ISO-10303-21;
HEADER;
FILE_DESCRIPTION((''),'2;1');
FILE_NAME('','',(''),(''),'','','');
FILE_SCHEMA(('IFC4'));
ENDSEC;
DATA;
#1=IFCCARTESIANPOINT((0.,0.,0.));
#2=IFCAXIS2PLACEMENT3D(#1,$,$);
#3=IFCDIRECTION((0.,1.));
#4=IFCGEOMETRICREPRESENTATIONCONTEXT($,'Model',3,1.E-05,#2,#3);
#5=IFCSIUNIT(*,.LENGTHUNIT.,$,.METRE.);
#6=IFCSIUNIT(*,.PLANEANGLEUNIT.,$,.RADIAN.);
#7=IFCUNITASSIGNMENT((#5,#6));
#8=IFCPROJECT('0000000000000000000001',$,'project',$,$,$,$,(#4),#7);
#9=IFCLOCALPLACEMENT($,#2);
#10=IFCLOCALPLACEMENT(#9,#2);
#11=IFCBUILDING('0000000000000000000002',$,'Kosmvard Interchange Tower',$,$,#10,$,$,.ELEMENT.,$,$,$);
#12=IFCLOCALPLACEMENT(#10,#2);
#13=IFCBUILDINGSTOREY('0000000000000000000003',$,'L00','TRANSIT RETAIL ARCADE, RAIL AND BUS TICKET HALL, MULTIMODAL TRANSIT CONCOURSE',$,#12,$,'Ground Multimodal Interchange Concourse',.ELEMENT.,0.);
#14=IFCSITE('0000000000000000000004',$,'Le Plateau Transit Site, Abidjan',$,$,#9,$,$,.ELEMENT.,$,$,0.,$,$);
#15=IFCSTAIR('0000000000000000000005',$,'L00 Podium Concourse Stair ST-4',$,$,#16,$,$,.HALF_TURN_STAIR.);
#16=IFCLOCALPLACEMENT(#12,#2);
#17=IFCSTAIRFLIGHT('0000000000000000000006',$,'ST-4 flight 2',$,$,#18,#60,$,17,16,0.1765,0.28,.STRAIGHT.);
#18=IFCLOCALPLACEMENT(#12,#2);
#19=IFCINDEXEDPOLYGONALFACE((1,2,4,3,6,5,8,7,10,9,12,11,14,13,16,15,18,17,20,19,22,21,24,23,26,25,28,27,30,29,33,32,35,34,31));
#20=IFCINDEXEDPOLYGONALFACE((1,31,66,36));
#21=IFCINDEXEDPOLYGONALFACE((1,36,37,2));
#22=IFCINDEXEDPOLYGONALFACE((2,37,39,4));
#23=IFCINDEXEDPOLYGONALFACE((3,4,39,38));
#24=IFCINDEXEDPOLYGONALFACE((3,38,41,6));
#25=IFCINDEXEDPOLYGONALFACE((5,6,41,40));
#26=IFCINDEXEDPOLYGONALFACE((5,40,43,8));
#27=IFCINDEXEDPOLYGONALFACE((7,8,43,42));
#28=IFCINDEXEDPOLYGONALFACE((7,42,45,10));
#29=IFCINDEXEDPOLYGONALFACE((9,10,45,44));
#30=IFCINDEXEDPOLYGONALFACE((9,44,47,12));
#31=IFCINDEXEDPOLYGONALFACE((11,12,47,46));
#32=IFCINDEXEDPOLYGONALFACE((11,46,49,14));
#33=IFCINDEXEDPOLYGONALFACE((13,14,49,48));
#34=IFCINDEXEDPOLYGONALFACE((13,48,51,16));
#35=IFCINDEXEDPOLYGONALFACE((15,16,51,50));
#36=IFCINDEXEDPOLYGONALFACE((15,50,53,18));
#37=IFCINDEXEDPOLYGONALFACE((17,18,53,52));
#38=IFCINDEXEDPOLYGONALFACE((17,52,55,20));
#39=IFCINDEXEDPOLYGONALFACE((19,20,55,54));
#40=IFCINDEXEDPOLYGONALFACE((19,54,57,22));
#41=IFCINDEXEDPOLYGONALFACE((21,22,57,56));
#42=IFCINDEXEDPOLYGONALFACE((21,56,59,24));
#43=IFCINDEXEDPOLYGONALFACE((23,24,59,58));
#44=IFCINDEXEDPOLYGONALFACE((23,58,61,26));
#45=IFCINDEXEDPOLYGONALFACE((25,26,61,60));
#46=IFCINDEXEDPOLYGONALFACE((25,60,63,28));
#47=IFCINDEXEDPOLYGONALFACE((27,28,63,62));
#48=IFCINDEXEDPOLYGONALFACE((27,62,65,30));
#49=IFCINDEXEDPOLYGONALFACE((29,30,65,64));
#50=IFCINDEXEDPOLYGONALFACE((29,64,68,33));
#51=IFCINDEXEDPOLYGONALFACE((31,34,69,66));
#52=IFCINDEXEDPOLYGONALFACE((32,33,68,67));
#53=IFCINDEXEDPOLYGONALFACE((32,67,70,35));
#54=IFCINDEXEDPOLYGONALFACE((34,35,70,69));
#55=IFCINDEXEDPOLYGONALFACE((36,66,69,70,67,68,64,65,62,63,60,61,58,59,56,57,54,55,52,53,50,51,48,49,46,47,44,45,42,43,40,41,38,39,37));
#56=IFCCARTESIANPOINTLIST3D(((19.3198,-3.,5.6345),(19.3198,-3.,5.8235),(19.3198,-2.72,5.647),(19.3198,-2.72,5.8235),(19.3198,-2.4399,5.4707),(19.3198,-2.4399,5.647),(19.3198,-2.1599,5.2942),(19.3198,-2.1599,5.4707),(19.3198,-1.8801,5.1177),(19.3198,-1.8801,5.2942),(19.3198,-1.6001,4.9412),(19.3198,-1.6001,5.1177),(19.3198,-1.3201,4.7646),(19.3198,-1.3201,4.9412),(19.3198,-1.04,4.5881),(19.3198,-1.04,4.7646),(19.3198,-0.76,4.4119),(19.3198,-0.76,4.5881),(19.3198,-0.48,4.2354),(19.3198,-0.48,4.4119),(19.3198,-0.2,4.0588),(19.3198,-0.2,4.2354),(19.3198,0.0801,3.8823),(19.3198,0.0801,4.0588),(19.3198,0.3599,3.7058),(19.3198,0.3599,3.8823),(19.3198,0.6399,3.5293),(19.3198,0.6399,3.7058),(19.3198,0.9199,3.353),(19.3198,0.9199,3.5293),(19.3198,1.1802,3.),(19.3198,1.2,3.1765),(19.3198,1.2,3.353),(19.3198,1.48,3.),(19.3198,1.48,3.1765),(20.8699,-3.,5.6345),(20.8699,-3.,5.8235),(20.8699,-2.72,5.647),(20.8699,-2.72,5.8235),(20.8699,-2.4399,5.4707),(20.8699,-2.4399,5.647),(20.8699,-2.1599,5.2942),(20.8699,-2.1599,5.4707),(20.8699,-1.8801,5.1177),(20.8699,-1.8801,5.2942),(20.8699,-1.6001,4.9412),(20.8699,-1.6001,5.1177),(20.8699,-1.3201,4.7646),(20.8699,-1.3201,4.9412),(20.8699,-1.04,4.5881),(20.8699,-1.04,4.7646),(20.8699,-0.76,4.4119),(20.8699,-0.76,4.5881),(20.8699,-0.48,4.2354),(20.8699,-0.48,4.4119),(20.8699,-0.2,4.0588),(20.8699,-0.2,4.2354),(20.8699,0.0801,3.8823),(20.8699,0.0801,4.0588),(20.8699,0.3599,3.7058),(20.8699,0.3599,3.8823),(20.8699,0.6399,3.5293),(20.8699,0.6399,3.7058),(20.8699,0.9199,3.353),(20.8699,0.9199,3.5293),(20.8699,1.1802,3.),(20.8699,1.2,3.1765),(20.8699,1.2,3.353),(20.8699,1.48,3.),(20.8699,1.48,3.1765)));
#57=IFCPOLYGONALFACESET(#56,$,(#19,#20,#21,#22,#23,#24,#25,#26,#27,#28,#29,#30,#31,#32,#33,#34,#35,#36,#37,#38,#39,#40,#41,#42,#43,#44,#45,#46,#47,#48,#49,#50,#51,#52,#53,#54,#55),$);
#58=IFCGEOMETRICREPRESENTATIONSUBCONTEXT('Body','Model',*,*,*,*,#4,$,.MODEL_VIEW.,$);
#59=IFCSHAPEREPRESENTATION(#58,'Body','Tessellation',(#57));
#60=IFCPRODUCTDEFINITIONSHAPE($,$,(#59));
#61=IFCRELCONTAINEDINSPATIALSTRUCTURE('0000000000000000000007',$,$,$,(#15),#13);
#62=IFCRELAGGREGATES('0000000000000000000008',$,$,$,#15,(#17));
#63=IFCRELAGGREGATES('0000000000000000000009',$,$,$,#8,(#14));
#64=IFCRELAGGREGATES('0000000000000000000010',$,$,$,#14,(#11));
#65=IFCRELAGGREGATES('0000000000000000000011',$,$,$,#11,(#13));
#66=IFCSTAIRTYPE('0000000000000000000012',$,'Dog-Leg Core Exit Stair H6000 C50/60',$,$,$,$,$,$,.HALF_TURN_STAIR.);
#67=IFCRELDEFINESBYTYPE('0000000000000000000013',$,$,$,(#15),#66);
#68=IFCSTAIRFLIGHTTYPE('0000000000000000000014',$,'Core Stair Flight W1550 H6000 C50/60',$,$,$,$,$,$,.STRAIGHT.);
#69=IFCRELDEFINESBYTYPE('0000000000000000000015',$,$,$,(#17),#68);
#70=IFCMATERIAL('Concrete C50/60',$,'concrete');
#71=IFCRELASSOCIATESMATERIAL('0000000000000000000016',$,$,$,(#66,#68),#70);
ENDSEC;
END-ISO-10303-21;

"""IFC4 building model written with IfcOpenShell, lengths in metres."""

from ifc_helpers import new_model, si_unit, direction, frame, origin, place, context, subcontext, project, spatial, polyline, outline, extrude, source, transform, mapped, material, type_object, element, aggregate, save


model = new_model("IFC4")

# Units and contexts
model_context = context("Model", 3, precision=1e-05, world=origin(), true_north=direction((0.0, 1.0)))
body_context = subcontext(model_context, "Body", "Model", "MODEL_VIEW")
ifc_project = project(units=[si_unit("LENGTHUNIT", "METRE"), si_unit("PLANEANGLEUNIT", "RADIAN")], contexts=[model_context])

# Site, building, storey
site_placement = place(None, origin())
site = spatial("IfcSite", under=ifc_project, at=site_placement, Name="Le Plateau Transit Site, Abidjan", CompositionType="ELEMENT", RefElevation=0.0)
building_placement = place(site_placement, origin())
building = spatial("IfcBuilding", under=site, at=building_placement, Name="Kosmvard Interchange Tower", CompositionType="ELEMENT")
storey_placement = place(building_placement, origin())
storey = spatial("IfcBuildingStorey", under=building, at=storey_placement, Name="L00", Description="TRANSIT RETAIL ARCADE, RAIL AND BUS TICKET HALL, MULTIMODAL TRANSIT CONCOURSE", LongName="Ground Multimodal Interchange Concourse", CompositionType="ELEMENT", Elevation=0.0)

# Stair, stair flight
ifc_material_1 = material(Name="Concrete C50/60", Category="concrete")
stair_type = type_object("IfcStairType", Name="Dog-Leg Core Exit Stair H6000 C50/60", PredefinedType="HALF_TURN_STAIR", material=ifc_material_1)
stair_placement = place(storey_placement, origin())
stair = element("IfcStair", 1, at=stair_placement, inside=storey, type_object=stair_type, Name="L00 Podium Concourse Stair ST-4", PredefinedType="HALF_TURN_STAIR")
stair_flight_type = type_object("IfcStairFlightType", Name="Core Stair Flight W1550 H6000 C50/60", PredefinedType="STRAIGHT", material=ifc_material_1)
shared_shape_1 = source(origin(), body_context, "Body", "SweptSolid", [
    extrude(outline(polyline([(0.0, 0.0), (0.0, 0.1765), (0.28, 0.1765), (0.28, 0.353), (0.5601, 0.353), (0.5601, 0.5293), (0.8401, 0.5293), (0.8401, 0.7058), (1.1201, 0.7058), (1.1201, 0.8823), (1.3999, 0.8823), (1.3999, 1.0588), (1.6799, 1.0588), (1.6799, 1.2354), (1.96, 1.2354), (1.96, 1.4119), (2.24, 1.4119), (2.24, 1.5881), (2.52, 1.5881), (2.52, 1.7646), (2.8, 1.7646), (2.8, 1.9412), (3.0801, 1.9412), (3.0801, 2.1177), (3.3601, 2.1177), (3.3601, 2.2942), (3.6399, 2.2942), (3.6399, 2.4707), (3.9199, 2.4707), (3.9199, 2.647), (4.2, 2.647), (4.2, 2.8235), (4.48, 2.8235), (4.48, 3.0), (4.48, 2.6345), (0.2998, 0.0), (0.0, 0.0)])), frame((0.0, 0.7749, 0.0), z_axis=(0.0, -1.0, 0.0), x_axis=(1.0, 0.0, 0.0)), (0.0, 0.0, 1.0), 1.55),
])
stair_flight_placement = place(storey_placement, frame((20.095, 1.48, 3.0), z_axis=(0.0, 0.0, 1.0), x_axis=(0.0, -1.0, 0.0)))
stair_flight = element("IfcStairFlight", 2, at=stair_flight_placement, type_object=stair_flight_type, Name="ST-4 flight 2", NumberOfRisers=17, NumberOfTreads=16, PredefinedType="STRAIGHT", RiserHeight=0.1765, TreadLength=0.28, context=body_context, shape_type="MappedRepresentation", body=[
    mapped(shared_shape_1, transform((0.0, 0.0, 0.0), scale=1.0)),
])
aggregate(stair, [stair_flight])

save(model, "model.ifc")
